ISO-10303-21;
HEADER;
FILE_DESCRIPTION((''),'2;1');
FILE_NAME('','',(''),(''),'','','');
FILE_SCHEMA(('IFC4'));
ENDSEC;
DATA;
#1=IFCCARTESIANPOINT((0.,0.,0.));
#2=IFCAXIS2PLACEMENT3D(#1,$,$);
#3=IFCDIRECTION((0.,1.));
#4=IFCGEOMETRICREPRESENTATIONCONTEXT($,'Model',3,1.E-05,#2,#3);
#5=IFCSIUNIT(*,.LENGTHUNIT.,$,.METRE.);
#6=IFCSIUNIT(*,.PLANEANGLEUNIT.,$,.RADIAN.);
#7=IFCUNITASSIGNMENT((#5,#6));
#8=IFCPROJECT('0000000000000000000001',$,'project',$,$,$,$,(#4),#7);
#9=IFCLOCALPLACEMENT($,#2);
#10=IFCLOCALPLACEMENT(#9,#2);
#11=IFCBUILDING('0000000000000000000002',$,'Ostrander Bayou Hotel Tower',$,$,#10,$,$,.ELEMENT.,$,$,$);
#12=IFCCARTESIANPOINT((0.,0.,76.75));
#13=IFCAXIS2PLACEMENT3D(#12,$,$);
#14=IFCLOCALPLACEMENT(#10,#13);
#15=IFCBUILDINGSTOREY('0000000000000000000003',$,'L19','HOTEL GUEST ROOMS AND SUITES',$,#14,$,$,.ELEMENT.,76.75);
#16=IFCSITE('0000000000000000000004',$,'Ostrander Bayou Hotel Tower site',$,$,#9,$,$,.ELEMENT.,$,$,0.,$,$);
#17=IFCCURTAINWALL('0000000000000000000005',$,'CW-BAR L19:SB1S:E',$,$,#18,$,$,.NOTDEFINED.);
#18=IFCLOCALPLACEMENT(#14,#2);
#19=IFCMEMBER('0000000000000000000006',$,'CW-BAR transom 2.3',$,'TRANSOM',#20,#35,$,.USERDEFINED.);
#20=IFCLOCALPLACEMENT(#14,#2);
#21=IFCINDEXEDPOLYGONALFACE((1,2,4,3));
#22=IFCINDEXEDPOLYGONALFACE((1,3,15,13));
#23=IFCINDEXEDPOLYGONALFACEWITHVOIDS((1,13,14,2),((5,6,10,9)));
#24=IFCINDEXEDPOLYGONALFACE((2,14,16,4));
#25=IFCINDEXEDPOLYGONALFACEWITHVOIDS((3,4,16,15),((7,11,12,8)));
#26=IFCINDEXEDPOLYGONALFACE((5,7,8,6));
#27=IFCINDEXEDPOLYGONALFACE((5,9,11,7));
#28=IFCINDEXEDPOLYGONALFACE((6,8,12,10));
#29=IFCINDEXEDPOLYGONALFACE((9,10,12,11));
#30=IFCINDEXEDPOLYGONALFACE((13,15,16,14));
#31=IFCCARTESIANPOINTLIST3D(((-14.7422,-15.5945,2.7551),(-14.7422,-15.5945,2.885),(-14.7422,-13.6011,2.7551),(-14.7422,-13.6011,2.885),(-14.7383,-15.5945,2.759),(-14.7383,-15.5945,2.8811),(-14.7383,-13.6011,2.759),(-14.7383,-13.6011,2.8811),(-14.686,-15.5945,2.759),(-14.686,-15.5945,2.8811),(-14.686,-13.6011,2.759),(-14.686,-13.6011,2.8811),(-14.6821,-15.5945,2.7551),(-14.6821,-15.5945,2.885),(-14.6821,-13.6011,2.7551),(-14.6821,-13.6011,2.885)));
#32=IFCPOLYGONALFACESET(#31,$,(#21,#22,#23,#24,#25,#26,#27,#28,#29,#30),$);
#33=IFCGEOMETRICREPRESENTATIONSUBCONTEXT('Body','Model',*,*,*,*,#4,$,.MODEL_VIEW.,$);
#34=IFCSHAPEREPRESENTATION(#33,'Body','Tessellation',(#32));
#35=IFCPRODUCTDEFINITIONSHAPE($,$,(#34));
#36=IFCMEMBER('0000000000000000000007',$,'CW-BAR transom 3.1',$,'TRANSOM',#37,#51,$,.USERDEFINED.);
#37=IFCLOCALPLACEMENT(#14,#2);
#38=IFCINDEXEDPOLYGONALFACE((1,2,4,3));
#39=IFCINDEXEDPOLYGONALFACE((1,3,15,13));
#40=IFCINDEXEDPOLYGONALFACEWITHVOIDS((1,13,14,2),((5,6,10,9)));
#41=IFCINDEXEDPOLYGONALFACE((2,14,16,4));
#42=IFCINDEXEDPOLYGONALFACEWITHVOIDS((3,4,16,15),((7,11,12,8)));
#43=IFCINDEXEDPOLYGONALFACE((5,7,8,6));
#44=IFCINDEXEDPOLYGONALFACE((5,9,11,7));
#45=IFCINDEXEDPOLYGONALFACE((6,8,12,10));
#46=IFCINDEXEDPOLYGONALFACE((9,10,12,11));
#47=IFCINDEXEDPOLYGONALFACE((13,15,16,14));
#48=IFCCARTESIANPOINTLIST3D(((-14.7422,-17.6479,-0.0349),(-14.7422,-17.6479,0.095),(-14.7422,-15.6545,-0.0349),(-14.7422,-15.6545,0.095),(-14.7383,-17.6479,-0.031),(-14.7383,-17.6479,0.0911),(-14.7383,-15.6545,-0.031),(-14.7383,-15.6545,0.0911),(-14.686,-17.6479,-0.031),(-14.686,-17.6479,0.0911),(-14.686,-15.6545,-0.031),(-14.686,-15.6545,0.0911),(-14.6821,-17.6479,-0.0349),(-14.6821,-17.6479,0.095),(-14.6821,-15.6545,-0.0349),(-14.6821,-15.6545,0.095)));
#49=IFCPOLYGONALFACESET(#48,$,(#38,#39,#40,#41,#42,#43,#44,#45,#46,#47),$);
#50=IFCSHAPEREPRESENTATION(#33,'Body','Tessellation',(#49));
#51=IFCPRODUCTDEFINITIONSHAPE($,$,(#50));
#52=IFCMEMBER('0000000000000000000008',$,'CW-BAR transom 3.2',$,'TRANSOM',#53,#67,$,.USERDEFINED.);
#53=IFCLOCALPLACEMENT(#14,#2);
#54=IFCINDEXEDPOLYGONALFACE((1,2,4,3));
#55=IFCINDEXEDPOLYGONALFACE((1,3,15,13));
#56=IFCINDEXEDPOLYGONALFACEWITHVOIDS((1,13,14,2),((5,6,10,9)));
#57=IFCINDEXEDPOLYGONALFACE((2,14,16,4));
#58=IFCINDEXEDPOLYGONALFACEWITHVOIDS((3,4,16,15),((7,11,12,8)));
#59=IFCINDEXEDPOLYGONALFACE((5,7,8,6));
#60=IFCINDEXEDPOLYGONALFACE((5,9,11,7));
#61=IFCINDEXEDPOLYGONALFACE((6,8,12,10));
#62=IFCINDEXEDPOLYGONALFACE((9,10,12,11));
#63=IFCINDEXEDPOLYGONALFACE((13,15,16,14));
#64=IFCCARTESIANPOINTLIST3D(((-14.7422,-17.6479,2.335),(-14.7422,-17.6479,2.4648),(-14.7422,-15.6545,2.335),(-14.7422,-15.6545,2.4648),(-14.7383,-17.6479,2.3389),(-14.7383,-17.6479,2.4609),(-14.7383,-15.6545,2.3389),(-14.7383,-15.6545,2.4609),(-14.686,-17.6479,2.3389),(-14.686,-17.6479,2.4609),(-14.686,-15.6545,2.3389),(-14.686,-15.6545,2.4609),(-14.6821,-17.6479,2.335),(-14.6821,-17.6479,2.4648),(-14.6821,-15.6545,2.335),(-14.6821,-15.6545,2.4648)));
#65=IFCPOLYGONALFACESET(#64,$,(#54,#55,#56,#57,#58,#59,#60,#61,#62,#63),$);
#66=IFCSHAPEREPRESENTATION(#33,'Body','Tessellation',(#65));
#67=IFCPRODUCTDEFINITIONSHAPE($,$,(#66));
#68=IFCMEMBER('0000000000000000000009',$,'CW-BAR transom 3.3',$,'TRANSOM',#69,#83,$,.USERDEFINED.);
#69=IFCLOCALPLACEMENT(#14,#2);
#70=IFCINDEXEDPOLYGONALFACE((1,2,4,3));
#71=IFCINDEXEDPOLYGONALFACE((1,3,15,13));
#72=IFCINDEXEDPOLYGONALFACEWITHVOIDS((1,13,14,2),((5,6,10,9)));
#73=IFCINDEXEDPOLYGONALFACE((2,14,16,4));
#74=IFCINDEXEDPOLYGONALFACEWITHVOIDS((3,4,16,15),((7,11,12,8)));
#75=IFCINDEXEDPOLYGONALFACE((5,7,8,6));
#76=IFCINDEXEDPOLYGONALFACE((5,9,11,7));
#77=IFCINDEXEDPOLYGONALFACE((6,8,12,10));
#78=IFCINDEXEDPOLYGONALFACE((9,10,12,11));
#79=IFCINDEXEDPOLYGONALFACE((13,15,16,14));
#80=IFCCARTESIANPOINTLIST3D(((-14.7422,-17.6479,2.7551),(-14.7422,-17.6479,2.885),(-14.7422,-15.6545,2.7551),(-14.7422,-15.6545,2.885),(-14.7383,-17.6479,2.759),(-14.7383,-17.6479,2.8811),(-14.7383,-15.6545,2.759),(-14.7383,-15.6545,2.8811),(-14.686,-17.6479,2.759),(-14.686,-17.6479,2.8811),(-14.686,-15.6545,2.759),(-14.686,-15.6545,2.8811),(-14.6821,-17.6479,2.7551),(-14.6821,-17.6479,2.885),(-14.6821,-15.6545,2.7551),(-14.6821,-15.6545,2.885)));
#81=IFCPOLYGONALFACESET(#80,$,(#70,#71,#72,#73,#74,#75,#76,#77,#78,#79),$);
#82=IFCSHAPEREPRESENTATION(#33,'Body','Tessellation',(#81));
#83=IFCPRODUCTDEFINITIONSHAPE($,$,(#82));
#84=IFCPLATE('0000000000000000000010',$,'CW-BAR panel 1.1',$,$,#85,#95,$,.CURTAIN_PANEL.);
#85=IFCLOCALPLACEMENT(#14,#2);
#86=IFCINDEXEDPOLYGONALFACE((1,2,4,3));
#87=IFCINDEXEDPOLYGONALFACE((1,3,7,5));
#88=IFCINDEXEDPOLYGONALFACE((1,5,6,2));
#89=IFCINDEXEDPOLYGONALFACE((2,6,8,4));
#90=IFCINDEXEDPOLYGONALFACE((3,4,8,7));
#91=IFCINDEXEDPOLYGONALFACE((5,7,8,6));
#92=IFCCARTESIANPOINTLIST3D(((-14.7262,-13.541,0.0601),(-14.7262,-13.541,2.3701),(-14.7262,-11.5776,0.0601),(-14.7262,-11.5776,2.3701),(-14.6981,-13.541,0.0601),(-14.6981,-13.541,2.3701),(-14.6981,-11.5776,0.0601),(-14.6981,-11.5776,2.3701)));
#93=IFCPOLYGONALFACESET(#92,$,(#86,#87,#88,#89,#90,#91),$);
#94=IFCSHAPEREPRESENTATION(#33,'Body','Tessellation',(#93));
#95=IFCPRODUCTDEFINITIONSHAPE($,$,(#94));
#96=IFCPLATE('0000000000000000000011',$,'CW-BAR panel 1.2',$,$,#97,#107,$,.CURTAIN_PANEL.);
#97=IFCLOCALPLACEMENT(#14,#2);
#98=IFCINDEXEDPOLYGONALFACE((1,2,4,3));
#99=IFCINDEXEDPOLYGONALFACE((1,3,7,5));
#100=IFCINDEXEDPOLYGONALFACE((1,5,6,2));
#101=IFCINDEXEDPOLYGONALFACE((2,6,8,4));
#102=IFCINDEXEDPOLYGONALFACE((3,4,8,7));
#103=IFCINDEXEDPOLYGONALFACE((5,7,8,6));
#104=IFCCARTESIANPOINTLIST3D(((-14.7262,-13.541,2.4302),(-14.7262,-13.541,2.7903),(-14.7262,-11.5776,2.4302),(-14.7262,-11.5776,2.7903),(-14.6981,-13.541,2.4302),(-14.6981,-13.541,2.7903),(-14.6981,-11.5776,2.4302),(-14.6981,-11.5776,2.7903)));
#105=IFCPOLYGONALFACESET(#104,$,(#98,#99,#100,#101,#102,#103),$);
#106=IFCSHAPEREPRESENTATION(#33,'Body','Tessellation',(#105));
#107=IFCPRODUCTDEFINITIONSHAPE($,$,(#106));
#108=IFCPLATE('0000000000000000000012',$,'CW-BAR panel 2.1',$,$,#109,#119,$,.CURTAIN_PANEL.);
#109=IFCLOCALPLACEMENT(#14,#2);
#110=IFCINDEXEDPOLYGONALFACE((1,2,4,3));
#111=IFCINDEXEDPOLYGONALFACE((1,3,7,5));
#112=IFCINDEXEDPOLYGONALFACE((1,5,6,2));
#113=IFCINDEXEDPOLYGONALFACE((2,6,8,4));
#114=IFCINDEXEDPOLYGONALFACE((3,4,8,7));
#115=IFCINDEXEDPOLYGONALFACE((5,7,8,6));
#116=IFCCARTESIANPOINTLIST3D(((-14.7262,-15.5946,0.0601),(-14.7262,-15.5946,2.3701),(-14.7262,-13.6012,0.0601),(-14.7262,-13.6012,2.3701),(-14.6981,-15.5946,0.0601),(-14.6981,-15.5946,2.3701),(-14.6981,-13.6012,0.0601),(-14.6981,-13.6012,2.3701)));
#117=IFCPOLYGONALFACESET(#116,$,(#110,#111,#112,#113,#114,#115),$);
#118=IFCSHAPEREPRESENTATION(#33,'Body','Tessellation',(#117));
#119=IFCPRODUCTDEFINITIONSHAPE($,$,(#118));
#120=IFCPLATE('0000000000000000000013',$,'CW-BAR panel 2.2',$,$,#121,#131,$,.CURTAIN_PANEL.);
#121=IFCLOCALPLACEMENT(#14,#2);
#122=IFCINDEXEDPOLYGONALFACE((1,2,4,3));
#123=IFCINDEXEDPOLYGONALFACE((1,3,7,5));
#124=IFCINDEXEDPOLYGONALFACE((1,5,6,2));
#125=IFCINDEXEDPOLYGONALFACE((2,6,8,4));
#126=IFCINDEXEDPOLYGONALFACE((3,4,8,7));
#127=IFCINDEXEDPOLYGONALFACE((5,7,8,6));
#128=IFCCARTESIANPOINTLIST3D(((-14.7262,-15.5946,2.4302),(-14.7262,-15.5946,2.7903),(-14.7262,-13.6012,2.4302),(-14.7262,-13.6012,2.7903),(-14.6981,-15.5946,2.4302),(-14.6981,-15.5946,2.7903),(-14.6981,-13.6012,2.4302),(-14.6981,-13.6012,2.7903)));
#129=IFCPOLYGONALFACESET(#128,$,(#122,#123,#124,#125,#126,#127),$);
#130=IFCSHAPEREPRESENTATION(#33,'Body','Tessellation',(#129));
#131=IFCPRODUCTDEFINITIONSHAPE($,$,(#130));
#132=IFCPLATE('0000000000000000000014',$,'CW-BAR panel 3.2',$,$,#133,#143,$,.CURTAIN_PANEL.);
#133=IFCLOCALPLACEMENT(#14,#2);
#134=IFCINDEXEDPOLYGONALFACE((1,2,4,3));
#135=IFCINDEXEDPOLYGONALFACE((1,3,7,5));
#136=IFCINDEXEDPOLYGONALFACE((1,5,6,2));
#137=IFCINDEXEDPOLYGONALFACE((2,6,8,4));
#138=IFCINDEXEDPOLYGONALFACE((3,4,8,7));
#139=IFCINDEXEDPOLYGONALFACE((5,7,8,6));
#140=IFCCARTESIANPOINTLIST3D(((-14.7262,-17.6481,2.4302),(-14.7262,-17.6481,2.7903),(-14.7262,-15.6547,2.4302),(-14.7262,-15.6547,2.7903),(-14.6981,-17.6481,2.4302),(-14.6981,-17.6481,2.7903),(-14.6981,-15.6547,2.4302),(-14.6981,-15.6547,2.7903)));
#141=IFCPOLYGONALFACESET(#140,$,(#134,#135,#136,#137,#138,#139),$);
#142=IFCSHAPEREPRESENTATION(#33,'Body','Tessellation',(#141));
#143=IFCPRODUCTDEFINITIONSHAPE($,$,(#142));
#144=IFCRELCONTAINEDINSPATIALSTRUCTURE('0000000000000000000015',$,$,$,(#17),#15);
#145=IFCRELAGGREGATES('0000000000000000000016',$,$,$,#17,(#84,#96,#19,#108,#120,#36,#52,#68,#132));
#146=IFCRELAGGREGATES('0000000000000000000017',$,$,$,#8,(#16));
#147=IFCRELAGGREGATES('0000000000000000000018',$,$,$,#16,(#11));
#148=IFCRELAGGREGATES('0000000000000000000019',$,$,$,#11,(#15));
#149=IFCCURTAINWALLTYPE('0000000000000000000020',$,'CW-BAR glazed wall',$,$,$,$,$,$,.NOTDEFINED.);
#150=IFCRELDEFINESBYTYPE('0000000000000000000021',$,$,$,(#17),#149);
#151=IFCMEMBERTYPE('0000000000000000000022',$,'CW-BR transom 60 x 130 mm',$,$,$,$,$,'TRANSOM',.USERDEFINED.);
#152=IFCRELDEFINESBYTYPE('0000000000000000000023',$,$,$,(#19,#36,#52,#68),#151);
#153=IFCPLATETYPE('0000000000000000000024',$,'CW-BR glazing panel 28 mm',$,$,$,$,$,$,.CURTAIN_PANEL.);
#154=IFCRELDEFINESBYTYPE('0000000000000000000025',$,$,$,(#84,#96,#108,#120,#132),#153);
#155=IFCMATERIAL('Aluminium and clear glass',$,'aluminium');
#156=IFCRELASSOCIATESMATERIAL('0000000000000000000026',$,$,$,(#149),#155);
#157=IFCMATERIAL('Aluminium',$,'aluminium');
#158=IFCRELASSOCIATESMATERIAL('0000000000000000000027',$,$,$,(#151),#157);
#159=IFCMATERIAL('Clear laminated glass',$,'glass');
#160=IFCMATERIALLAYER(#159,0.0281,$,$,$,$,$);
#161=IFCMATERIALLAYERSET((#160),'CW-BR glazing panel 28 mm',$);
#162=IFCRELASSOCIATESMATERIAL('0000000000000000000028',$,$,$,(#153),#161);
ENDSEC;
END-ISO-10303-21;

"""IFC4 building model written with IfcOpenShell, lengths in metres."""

from ifc_helpers import new_model, si_unit, direction, frame, origin, origin_2d, place, context, subcontext, project, spatial, rectangle, hollow_rectangle, extrude, material, layer, layer_set, material_profile, profile_set, type_object, element, aggregate, save


model = new_model("IFC4")

# Units and contexts
model_context = context("Model", 3, precision=1e-05, world=origin(), true_north=direction((0.0, 1.0)))
body_context = subcontext(model_context, "Body", "Model", "MODEL_VIEW")
ifc_project = project(units=[si_unit("LENGTHUNIT", "METRE"), si_unit("PLANEANGLEUNIT", "RADIAN")], contexts=[model_context])

# Site, building, storey
site_placement = place(None, origin())
site = spatial("IfcSite", under=ifc_project, at=site_placement, Name="Ostrander Bayou Hotel Tower site", CompositionType="ELEMENT", RefElevation=0.0)
building_placement = place(site_placement, origin())
building = spatial("IfcBuilding", under=site, at=building_placement, Name="Ostrander Bayou Hotel Tower", CompositionType="ELEMENT")
storey_placement = place(building_placement, frame((0.0, 0.0, 76.75)))
storey = spatial("IfcBuildingStorey", under=building, at=storey_placement, Name="L19", Description="HOTEL GUEST ROOMS AND SUITES", CompositionType="ELEMENT", Elevation=76.75)

# Curtain wall, members, plates
ifc_material_1 = material(Name="Aluminium and clear glass", Category="aluminium")
curtain_wall_type = type_object("IfcCurtainWallType", Name="CW-BAR glazed wall", PredefinedType="NOTDEFINED", material=ifc_material_1)
curtain_wall_placement = place(storey_placement, origin())
curtain_wall = element("IfcCurtainWall", 1, at=curtain_wall_placement, inside=storey, type_object=curtain_wall_type, Name="CW-BAR L19:SB1S:E", PredefinedType="NOTDEFINED")
ifc_material_2 = material(Name="Aluminium", Category="aluminium")
ifc_material_profile_1 = material_profile(ifc_material_2, hollow_rectangle(XDim=0.0601, YDim=0.1299, WallThickness=0.0039, at=origin_2d()))
ifc_profile_set_1 = profile_set([ifc_material_profile_1], Name="Aluminium")
member_type_1 = type_object("IfcMemberType", Name="CW-BR transom 60 x 130 mm", ElementType="TRANSOM", PredefinedType="USERDEFINED", material=ifc_profile_set_1)
member_1_placement = place(storey_placement, frame((-14.7122, -13.6011, 2.8201), z_axis=(0.0, -1.0, 0.0), x_axis=(1.0, 0.0, 0.0)))
member_1 = element("IfcMember", 2, at=member_1_placement, type_object=member_type_1, Name="CW-BAR transom 2.3", ObjectType="TRANSOM", PredefinedType="USERDEFINED", context=body_context, shape_type="SweptSolid", body=[
    extrude(hollow_rectangle(XDim=0.0601, YDim=0.1299, WallThickness=0.0039, at=origin_2d()), origin(), (0.0, 0.0, 1.0), 1.9934),
])
member_2_placement = place(storey_placement, frame((-14.7122, -15.6545, 0.03), z_axis=(0.0, -1.0, 0.0), x_axis=(1.0, 0.0, 0.0)))
member_2 = element("IfcMember", 3, at=member_2_placement, type_object=member_type_1, Name="CW-BAR transom 3.1", ObjectType="TRANSOM", PredefinedType="USERDEFINED", context=body_context, shape_type="SweptSolid", body=[
    extrude(hollow_rectangle(XDim=0.0601, YDim=0.1299, WallThickness=0.0039, at=origin_2d()), origin(), (0.0, 0.0, 1.0), 1.9934),
])
member_3_placement = place(storey_placement, frame((-14.7122, -15.6545, 2.3999), z_axis=(0.0, -1.0, 0.0), x_axis=(1.0, 0.0, 0.0)))
member_3 = element("IfcMember", 4, at=member_3_placement, type_object=member_type_1, Name="CW-BAR transom 3.2", ObjectType="TRANSOM", PredefinedType="USERDEFINED", context=body_context, shape_type="SweptSolid", body=[
    extrude(hollow_rectangle(XDim=0.0601, YDim=0.1299, WallThickness=0.0039, at=origin_2d()), origin(), (0.0, 0.0, 1.0), 1.9934),
])
member_4_placement = place(storey_placement, frame((-14.7122, -15.6545, 2.8201), z_axis=(0.0, -1.0, 0.0), x_axis=(1.0, 0.0, 0.0)))
member_4 = element("IfcMember", 5, at=member_4_placement, type_object=member_type_1, Name="CW-BAR transom 3.3", ObjectType="TRANSOM", PredefinedType="USERDEFINED", context=body_context, shape_type="SweptSolid", body=[
    extrude(hollow_rectangle(XDim=0.0601, YDim=0.1299, WallThickness=0.0039, at=origin_2d()), origin(), (0.0, 0.0, 1.0), 1.9934),
])
ifc_material_3 = material(Name="Clear laminated glass", Category="glass")
ifc_layer_1 = layer(ifc_material_3, 0.0281)
ifc_layer_set_1 = layer_set([ifc_layer_1], Name="CW-BR glazing panel 28 mm")
plate_type = type_object("IfcPlateType", Name="CW-BR glazing panel 28 mm", PredefinedType="CURTAIN_PANEL", material=ifc_layer_set_1)
plate_1_placement = place(storey_placement, frame((-14.7122, -12.5593, 0.0601), z_axis=(0.0, 0.0, 1.0), x_axis=(0.0, -1.0, 0.0)))
plate_1 = element("IfcPlate", 6, at=plate_1_placement, type_object=plate_type, Name="CW-BAR panel 1.1", PredefinedType="CURTAIN_PANEL", context=body_context, shape_type="SweptSolid", body=[
    extrude(rectangle(XDim=1.9634, YDim=0.0281, at=origin_2d()), origin(), (0.0, 0.0, 1.0), 2.3101),
])
plate_2_placement = place(storey_placement, frame((-14.7122, -12.5593, 2.4302), z_axis=(0.0, 0.0, 1.0), x_axis=(0.0, -1.0, 0.0)))
plate_2 = element("IfcPlate", 7, at=plate_2_placement, type_object=plate_type, Name="CW-BAR panel 1.2", PredefinedType="CURTAIN_PANEL", context=body_context, shape_type="SweptSolid", body=[
    extrude(rectangle(XDim=1.9634, YDim=0.0281, at=origin_2d()), origin(), (0.0, 0.0, 1.0), 0.3601),
])
plate_3_placement = place(storey_placement, frame((-14.7122, -14.5979, 0.0601), z_axis=(0.0, 0.0, 1.0), x_axis=(0.0, -1.0, 0.0)))
plate_3 = element("IfcPlate", 8, at=plate_3_placement, type_object=plate_type, Name="CW-BAR panel 2.1", PredefinedType="CURTAIN_PANEL", context=body_context, shape_type="SweptSolid", body=[
    extrude(rectangle(XDim=1.9934, YDim=0.0281, at=origin_2d()), origin(), (0.0, 0.0, 1.0), 2.3101),
])
plate_4_placement = place(storey_placement, frame((-14.7122, -14.5979, 2.4302), z_axis=(0.0, 0.0, 1.0), x_axis=(0.0, -1.0, 0.0)))
plate_4 = element("IfcPlate", 9, at=plate_4_placement, type_object=plate_type, Name="CW-BAR panel 2.2", PredefinedType="CURTAIN_PANEL", context=body_context, shape_type="SweptSolid", body=[
    extrude(rectangle(XDim=1.9934, YDim=0.0281, at=origin_2d()), origin(), (0.0, 0.0, 1.0), 0.3601),
])
plate_5_placement = place(storey_placement, frame((-14.7122, -16.6514, 2.4302), z_axis=(0.0, 0.0, 1.0), x_axis=(0.0, -1.0, 0.0)))
plate_5 = element("IfcPlate", 10, at=plate_5_placement, type_object=plate_type, Name="CW-BAR panel 3.2", PredefinedType="CURTAIN_PANEL", context=body_context, shape_type="SweptSolid", body=[
    extrude(rectangle(XDim=1.9934, YDim=0.0281, at=origin_2d()), origin(), (0.0, 0.0, 1.0), 0.3601),
])
aggregate(curtain_wall, [plate_1, plate_2, member_1, plate_3, plate_4, member_2, member_3, member_4, plate_5])

save(model, "model.ifc")
